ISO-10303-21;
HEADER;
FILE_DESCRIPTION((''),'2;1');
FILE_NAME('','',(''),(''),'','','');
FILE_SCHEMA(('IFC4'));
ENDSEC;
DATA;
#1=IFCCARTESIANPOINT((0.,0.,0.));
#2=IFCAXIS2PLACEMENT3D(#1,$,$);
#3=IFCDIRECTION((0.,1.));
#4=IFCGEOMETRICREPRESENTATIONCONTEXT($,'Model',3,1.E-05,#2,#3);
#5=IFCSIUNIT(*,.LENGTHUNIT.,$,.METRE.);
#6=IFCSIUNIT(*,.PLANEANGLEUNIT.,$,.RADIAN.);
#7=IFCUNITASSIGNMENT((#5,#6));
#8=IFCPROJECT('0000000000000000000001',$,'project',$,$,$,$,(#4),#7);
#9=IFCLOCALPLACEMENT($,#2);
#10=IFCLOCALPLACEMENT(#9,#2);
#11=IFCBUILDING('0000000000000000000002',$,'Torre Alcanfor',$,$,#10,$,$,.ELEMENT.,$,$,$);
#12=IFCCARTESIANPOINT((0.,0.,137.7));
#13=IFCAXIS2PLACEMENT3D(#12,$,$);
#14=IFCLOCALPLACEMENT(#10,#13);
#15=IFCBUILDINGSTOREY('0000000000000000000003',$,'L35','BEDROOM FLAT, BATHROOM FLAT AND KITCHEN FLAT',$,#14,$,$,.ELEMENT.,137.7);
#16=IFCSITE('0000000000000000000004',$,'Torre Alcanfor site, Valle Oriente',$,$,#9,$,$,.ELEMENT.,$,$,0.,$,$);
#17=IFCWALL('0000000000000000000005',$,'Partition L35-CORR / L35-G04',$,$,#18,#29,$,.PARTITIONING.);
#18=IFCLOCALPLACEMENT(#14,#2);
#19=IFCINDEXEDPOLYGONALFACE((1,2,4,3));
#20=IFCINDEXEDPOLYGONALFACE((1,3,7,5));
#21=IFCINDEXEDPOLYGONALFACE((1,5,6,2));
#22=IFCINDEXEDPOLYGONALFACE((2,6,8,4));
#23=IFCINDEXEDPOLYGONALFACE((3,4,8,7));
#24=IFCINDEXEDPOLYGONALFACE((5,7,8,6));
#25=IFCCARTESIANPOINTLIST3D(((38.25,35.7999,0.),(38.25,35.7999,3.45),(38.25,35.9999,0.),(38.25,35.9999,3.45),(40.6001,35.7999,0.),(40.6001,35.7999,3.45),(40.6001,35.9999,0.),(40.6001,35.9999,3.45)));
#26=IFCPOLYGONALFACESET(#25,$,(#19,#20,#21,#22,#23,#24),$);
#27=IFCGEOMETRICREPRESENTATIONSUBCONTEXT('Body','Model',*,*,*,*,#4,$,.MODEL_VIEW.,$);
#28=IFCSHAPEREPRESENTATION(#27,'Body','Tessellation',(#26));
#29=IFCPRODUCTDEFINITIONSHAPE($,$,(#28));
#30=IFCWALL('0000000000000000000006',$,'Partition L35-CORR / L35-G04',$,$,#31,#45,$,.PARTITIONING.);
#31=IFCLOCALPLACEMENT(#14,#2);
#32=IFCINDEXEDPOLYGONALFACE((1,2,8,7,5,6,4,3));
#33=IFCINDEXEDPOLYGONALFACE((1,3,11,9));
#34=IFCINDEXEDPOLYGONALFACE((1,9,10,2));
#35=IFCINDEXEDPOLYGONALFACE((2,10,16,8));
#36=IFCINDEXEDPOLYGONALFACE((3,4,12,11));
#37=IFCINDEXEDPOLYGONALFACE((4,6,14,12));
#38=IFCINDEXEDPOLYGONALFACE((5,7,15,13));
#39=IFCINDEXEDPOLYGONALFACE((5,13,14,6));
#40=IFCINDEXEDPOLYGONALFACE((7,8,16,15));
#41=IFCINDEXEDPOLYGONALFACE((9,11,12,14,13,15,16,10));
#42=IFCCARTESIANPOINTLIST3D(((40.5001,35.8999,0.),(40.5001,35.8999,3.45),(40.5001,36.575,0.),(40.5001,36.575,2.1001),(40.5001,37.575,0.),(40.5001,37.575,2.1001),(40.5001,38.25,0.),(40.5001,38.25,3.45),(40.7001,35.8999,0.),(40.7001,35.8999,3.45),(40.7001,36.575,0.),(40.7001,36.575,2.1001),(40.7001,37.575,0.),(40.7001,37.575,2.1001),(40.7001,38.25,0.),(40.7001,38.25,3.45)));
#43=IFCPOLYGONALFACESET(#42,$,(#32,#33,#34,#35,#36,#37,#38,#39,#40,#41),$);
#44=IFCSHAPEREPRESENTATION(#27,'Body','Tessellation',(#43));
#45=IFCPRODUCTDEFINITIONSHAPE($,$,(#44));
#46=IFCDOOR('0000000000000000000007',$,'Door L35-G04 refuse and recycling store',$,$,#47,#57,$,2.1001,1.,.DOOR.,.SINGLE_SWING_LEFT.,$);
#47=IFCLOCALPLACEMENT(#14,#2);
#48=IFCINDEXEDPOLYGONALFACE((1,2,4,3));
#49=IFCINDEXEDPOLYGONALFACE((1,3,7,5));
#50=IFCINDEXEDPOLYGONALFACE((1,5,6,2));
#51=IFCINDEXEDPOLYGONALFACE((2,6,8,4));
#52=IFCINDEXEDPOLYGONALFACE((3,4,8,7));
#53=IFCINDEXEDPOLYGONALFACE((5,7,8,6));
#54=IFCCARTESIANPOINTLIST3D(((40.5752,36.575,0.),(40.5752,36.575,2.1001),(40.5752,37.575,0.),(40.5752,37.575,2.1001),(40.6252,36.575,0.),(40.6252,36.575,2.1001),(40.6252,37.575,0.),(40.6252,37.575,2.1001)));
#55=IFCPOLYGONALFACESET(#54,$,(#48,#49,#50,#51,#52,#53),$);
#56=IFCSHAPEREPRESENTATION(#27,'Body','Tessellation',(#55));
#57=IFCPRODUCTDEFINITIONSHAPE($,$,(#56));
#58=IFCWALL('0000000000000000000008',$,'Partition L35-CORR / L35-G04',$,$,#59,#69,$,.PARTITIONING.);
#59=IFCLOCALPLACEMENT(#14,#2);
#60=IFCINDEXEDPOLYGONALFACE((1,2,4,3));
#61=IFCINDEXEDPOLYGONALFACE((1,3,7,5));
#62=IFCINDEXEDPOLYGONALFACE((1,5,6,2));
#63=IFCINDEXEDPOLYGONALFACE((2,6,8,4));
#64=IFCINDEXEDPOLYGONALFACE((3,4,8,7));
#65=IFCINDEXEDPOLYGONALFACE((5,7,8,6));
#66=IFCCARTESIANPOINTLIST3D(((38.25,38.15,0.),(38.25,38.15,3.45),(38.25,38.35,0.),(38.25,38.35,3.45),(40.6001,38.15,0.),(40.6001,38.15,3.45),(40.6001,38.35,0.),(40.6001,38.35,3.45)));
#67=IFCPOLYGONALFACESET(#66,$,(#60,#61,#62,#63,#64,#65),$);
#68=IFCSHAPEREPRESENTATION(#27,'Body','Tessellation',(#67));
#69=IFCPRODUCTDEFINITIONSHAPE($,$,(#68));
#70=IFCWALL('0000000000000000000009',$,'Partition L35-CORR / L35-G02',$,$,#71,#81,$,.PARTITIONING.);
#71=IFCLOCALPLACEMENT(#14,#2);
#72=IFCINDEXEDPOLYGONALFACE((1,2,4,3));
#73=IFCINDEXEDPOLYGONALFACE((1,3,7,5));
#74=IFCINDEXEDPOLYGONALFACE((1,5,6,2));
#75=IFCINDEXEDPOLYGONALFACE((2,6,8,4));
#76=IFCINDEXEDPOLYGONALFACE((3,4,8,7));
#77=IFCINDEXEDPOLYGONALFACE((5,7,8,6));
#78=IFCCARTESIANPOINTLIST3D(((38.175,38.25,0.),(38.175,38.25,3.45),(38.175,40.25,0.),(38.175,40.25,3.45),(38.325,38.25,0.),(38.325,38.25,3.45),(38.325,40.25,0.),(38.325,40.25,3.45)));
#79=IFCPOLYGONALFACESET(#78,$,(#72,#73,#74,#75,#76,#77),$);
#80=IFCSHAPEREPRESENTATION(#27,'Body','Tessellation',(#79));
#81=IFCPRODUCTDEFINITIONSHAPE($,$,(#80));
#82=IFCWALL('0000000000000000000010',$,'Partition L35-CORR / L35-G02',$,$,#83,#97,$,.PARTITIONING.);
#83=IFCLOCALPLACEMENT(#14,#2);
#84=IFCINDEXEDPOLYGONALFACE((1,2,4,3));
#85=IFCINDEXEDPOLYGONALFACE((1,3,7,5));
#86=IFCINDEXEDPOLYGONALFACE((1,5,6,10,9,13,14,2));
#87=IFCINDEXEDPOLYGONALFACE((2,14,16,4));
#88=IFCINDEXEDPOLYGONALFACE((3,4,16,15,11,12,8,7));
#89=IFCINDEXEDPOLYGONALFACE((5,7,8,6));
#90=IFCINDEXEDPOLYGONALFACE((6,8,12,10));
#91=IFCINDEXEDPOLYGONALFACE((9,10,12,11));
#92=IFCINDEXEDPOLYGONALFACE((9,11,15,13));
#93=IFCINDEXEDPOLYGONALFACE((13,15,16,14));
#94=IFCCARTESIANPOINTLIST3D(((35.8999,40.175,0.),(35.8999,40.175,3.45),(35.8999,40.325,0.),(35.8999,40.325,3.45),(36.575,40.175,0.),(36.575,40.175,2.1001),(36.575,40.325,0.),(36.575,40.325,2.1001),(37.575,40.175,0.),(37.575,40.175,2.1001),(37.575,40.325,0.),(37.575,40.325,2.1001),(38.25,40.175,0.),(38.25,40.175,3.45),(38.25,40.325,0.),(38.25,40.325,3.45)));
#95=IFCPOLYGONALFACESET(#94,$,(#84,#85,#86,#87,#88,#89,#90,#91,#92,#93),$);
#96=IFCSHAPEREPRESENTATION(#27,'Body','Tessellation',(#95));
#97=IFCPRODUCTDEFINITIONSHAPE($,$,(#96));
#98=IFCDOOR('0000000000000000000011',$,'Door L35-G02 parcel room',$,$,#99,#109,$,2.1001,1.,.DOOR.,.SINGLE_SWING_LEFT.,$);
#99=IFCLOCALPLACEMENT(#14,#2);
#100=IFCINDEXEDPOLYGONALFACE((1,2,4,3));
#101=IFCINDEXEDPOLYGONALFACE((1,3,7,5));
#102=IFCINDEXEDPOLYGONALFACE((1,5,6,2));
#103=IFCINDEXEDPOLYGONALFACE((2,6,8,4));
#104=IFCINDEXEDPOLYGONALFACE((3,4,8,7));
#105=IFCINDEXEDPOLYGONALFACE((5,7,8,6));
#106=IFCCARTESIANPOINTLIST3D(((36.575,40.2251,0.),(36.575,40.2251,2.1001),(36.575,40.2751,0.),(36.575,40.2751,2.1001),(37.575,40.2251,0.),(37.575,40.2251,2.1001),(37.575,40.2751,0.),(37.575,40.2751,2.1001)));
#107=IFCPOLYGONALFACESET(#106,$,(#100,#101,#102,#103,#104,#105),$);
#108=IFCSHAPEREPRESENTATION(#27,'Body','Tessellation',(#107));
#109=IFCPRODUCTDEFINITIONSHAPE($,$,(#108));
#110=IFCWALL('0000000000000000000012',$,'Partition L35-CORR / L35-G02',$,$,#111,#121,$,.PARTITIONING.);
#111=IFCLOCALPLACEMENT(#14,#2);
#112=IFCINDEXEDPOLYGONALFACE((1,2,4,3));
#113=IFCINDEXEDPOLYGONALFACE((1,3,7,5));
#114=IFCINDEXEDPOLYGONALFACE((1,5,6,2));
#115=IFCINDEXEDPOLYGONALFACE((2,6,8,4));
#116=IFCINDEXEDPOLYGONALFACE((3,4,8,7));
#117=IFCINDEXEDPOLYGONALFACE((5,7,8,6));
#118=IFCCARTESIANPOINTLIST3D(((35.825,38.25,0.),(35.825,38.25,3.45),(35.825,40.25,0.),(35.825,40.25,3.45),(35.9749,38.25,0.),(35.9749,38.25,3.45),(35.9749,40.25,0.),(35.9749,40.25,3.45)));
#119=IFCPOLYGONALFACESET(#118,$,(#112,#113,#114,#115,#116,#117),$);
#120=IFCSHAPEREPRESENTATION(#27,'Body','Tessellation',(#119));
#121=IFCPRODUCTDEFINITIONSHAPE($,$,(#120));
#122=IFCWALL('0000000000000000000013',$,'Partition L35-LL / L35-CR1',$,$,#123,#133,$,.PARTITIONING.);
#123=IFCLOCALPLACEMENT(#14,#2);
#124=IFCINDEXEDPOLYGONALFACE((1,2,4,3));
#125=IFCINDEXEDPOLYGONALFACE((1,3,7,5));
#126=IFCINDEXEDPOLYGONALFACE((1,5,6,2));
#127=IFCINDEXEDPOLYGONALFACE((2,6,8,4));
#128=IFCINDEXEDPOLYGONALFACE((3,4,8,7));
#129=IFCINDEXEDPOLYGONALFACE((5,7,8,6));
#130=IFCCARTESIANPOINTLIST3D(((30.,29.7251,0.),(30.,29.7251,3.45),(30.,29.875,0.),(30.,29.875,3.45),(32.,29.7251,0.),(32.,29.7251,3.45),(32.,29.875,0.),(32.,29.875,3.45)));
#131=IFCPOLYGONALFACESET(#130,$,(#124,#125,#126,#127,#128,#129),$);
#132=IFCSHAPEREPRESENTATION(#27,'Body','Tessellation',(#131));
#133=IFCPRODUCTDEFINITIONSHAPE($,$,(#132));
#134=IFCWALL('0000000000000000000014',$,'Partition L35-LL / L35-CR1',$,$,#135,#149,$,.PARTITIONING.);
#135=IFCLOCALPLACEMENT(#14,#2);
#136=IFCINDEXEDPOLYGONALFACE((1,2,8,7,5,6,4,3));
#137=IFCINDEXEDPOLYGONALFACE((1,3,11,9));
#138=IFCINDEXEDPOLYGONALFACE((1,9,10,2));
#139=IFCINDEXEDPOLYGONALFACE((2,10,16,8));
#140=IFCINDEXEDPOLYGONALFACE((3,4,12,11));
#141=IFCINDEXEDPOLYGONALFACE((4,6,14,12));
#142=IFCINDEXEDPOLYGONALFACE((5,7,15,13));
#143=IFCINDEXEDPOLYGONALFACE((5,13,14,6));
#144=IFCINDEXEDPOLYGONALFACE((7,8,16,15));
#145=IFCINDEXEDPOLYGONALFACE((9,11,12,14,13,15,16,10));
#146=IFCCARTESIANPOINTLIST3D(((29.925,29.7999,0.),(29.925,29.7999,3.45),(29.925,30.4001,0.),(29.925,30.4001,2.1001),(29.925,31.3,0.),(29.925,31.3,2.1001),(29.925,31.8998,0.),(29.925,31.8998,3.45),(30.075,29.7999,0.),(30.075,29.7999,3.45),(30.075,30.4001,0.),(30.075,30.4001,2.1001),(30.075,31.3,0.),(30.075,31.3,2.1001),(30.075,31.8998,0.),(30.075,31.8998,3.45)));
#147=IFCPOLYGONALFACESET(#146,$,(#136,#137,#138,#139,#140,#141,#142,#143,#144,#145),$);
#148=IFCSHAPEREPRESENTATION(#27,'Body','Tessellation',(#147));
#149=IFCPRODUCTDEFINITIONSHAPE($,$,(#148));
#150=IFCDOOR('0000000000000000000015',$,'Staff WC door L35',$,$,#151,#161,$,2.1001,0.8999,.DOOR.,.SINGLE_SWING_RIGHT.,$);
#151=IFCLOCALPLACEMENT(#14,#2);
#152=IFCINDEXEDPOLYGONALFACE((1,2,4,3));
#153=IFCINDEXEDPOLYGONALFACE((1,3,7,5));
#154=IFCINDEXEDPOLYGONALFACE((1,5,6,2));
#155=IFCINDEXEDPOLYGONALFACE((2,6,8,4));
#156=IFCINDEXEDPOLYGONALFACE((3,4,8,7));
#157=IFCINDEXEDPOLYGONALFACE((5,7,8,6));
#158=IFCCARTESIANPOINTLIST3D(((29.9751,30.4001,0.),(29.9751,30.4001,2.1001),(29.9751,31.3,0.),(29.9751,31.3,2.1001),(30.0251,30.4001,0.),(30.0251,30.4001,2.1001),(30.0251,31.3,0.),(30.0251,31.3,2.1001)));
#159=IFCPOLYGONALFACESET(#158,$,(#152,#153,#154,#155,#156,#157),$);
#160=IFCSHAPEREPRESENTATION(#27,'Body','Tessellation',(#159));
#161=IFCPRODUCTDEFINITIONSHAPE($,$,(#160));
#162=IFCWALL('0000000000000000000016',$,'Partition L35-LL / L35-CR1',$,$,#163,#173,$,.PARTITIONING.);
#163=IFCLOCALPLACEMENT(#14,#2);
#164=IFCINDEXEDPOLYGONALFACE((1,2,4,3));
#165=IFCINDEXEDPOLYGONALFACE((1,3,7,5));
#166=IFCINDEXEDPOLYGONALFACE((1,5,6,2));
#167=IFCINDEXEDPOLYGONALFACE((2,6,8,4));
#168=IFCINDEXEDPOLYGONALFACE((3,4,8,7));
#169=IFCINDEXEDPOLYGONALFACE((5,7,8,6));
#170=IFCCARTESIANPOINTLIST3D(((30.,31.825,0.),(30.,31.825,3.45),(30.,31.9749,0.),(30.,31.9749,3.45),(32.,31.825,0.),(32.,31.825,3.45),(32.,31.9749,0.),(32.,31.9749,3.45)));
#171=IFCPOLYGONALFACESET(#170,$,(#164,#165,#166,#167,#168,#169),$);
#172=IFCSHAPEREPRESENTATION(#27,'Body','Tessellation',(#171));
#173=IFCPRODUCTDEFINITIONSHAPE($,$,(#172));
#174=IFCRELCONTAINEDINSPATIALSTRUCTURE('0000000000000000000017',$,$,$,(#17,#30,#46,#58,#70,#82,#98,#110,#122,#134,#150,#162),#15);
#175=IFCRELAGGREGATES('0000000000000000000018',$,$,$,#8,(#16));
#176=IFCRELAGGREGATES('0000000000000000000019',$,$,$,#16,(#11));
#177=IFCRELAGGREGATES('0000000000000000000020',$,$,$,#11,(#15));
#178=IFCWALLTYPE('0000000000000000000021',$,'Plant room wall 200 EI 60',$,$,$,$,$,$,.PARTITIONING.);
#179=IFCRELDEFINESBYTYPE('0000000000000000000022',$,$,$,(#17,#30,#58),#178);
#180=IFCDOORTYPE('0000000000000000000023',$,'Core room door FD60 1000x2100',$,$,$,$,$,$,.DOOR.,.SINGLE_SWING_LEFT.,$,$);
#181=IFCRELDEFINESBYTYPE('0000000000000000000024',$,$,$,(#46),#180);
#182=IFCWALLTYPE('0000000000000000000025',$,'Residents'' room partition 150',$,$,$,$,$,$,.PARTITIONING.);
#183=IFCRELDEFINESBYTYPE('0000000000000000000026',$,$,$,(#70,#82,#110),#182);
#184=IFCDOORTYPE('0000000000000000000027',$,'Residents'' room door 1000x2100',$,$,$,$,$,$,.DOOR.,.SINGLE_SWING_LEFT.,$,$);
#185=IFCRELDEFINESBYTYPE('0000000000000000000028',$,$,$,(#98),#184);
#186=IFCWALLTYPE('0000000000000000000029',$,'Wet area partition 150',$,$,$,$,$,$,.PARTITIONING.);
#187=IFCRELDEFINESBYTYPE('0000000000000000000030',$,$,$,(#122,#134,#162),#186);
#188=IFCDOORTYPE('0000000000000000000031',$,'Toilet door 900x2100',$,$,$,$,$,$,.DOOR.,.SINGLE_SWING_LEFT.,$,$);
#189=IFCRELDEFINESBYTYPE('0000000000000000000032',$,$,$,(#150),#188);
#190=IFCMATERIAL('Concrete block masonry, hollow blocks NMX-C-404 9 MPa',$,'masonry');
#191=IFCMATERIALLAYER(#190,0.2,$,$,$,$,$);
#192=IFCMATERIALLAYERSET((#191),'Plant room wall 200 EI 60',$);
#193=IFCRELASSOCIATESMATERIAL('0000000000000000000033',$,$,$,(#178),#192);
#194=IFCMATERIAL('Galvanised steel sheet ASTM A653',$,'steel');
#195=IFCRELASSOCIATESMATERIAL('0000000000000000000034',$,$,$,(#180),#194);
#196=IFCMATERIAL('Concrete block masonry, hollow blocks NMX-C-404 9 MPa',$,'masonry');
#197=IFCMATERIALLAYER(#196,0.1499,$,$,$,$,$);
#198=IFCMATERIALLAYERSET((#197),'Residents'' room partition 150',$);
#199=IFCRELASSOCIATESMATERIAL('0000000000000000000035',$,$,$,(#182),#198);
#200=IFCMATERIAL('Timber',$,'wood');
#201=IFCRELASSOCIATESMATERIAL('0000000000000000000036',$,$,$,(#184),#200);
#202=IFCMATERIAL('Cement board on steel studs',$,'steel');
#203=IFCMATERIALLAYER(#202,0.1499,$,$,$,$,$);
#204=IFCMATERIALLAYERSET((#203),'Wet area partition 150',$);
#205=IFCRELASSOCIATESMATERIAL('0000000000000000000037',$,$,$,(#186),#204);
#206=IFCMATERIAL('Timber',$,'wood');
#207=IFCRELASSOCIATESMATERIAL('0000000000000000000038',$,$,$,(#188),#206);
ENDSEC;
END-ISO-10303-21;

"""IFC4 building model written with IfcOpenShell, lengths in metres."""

from ifc_helpers import new_model, si_unit, direction, frame, frame_2d, origin, place, context, subcontext, project, spatial, rectangle, extrude, material, layer, layer_set, type_object, element, fill, save


model = new_model("IFC4")

# Units and contexts
model_context = context("Model", 3, precision=1e-05, world=origin(), true_north=direction((0.0, 1.0)))
body_context = subcontext(model_context, "Body", "Model", "MODEL_VIEW")
ifc_project = project(units=[si_unit("LENGTHUNIT", "METRE"), si_unit("PLANEANGLEUNIT", "RADIAN")], contexts=[model_context])

# Site, building, storey
site_placement = place(None, origin())
site = spatial("IfcSite", under=ifc_project, at=site_placement, Name="Torre Alcanfor site, Valle Oriente", CompositionType="ELEMENT", RefElevation=0.0)
building_placement = place(site_placement, origin())
building = spatial("IfcBuilding", under=site, at=building_placement, Name="Torre Alcanfor", CompositionType="ELEMENT")
storey_placement = place(building_placement, frame((0.0, 0.0, 137.7)))
storey = spatial("IfcBuildingStorey", under=building, at=storey_placement, Name="L35", Description="BEDROOM FLAT, BATHROOM FLAT AND KITCHEN FLAT", CompositionType="ELEMENT", Elevation=137.7)

# Wall
ifc_material_1 = material(Name="Concrete block masonry, hollow blocks NMX-C-404 9 MPa", Category="masonry")
ifc_layer_1 = layer(ifc_material_1, 0.2)
ifc_layer_set_1 = layer_set([ifc_layer_1], Name="Plant room wall 200 EI 60")
wall_type_1 = type_object("IfcWallType", Name="Plant room wall 200 EI 60", PredefinedType="PARTITIONING", material=ifc_layer_set_1)
wall_1_placement = place(storey_placement, frame((38.25, 35.8999, 0.0), z_axis=(0.0, 0.0, 1.0), x_axis=(1.0, 0.0, 0.0)))
element("IfcWall", 1, at=wall_1_placement, inside=storey, type_object=wall_type_1, Name="Partition L35-CORR / L35-G04", PredefinedType="PARTITIONING", context=body_context, shape_type="SweptSolid", body=[
    extrude(rectangle(XDim=2.3501, YDim=0.2, at=frame_2d((1.175, 0.0))), origin(), (0.0, 0.0, 1.0), 3.45),
])

# Wall, opening, door
wall_2_placement = place(storey_placement, frame((40.6001, 35.8999, 0.0), z_axis=(0.0, 0.0, 1.0), x_axis=(0.0, 1.0, 0.0)))
wall_2 = element("IfcWall", 2, at=wall_2_placement, inside=storey, type_object=wall_type_1, Name="Partition L35-CORR / L35-G04", PredefinedType="PARTITIONING", context=body_context, shape_type="SweptSolid", body=[
    extrude(rectangle(XDim=2.3501, YDim=0.2, at=frame_2d((1.175, 0.0))), origin(), (0.0, 0.0, 1.0), 3.45),
])
opening_1_placement = place(wall_2_placement, frame((0.675, 0.0, 0.0)))
opening_1 = element("IfcOpeningElement", 3, at=opening_1_placement, cuts=wall_2, PredefinedType="OPENING", context=body_context, shape_type="SweptSolid", body=[
    extrude(rectangle(XDim=1.0, YDim=2.1001, at=frame_2d((0.5, 1.05))), frame((0.0, 0.1099, 0.0), z_axis=(0.0, -1.0, 0.0), x_axis=(1.0, 0.0, 0.0)), (0.0, 0.0, 1.0), 0.22),
])
ifc_material_2 = material(Name="Galvanised steel sheet ASTM A653", Category="steel")
door_type_1 = type_object("IfcDoorType", Name="Core room door FD60 1000x2100", OperationType="SINGLE_SWING_LEFT", PredefinedType="DOOR", material=ifc_material_2)
door_1_placement = place(opening_1_placement, origin())
door_1 = element("IfcDoor", 4, at=door_1_placement, inside=storey, type_object=door_type_1, Name="Door L35-G04 refuse and recycling store", OperationType="SINGLE_SWING_LEFT", OverallHeight=2.1001, OverallWidth=1.0, PredefinedType="DOOR", context=body_context, shape_type="SweptSolid", body=[
    extrude(rectangle(XDim=1.0, YDim=2.1001, at=frame_2d((0.5, 1.05))), frame((0.0, 0.0249, 0.0), z_axis=(0.0, -1.0, 0.0), x_axis=(1.0, 0.0, 0.0)), (0.0, 0.0, 1.0), 0.05),
])
fill(opening_1, door_1)

# Walls
wall_3_placement = place(storey_placement, frame((40.6001, 38.25, 0.0), z_axis=(0.0, 0.0, 1.0), x_axis=(-1.0, 0.0, 0.0)))
element("IfcWall", 5, at=wall_3_placement, inside=storey, type_object=wall_type_1, Name="Partition L35-CORR / L35-G04", PredefinedType="PARTITIONING", context=body_context, shape_type="SweptSolid", body=[
    extrude(rectangle(XDim=2.3501, YDim=0.2, at=frame_2d((1.175, 0.0))), origin(), (0.0, 0.0, 1.0), 3.45),
])
ifc_material_3 = material(Name="Concrete block masonry, hollow blocks NMX-C-404 9 MPa", Category="masonry")
ifc_layer_2 = layer(ifc_material_3, 0.1499)
ifc_layer_set_2 = layer_set([ifc_layer_2], Name="Residents' room partition 150")
wall_type_2 = type_object("IfcWallType", Name="Residents' room partition 150", PredefinedType="PARTITIONING", material=ifc_layer_set_2)
wall_4_placement = place(storey_placement, frame((38.25, 38.25, 0.0), z_axis=(0.0, 0.0, 1.0), x_axis=(0.0, 1.0, 0.0)))
element("IfcWall", 6, at=wall_4_placement, inside=storey, type_object=wall_type_2, Name="Partition L35-CORR / L35-G02", PredefinedType="PARTITIONING", context=body_context, shape_type="SweptSolid", body=[
    extrude(rectangle(XDim=2.0, YDim=0.1499, at=frame_2d((1.0, 0.0))), origin(), (0.0, 0.0, 1.0), 3.45),
])

# Wall, opening, door
wall_5_placement = place(storey_placement, frame((38.25, 40.25, 0.0), z_axis=(0.0, 0.0, 1.0), x_axis=(-1.0, 0.0, 0.0)))
wall_5 = element("IfcWall", 7, at=wall_5_placement, inside=storey, type_object=wall_type_2, Name="Partition L35-CORR / L35-G02", PredefinedType="PARTITIONING", context=body_context, shape_type="SweptSolid", body=[
    extrude(rectangle(XDim=2.3501, YDim=0.1499, at=frame_2d((1.175, 0.0))), origin(), (0.0, 0.0, 1.0), 3.45),
])
opening_2_placement = place(wall_5_placement, frame((0.675, 0.0, 0.0)))
opening_2 = element("IfcOpeningElement", 8, at=opening_2_placement, cuts=wall_5, PredefinedType="OPENING", context=body_context, shape_type="SweptSolid", body=[
    extrude(rectangle(XDim=1.0, YDim=2.1001, at=frame_2d((0.5, 1.05))), frame((0.0, 0.085, 0.0), z_axis=(0.0, -1.0, 0.0), x_axis=(1.0, 0.0, 0.0)), (0.0, 0.0, 1.0), 0.1699),
])
ifc_material_4 = material(Name="Timber", Category="wood")
door_type_2 = type_object("IfcDoorType", Name="Residents' room door 1000x2100", OperationType="SINGLE_SWING_LEFT", PredefinedType="DOOR", material=ifc_material_4)
door_2_placement = place(opening_2_placement, origin())
door_2 = element("IfcDoor", 9, at=door_2_placement, inside=storey, type_object=door_type_2, Name="Door L35-G02 parcel room", OperationType="SINGLE_SWING_LEFT", OverallHeight=2.1001, OverallWidth=1.0, PredefinedType="DOOR", context=body_context, shape_type="SweptSolid", body=[
    extrude(rectangle(XDim=1.0, YDim=2.1001, at=frame_2d((0.5, 1.05))), frame((0.0, 0.0249, 0.0), z_axis=(0.0, -1.0, 0.0), x_axis=(1.0, 0.0, 0.0)), (0.0, 0.0, 1.0), 0.05),
])
fill(opening_2, door_2)

# Walls
wall_6_placement = place(storey_placement, frame((35.8999, 40.25, 0.0), z_axis=(0.0, 0.0, 1.0), x_axis=(0.0, -1.0, 0.0)))
element("IfcWall", 10, at=wall_6_placement, inside=storey, type_object=wall_type_2, Name="Partition L35-CORR / L35-G02", PredefinedType="PARTITIONING", context=body_context, shape_type="SweptSolid", body=[
    extrude(rectangle(XDim=2.0, YDim=0.1499, at=frame_2d((1.0, 0.0))), origin(), (0.0, 0.0, 1.0), 3.45),
])
ifc_material_5 = material(Name="Cement board on steel studs", Category="steel")
ifc_layer_3 = layer(ifc_material_5, 0.1499)
ifc_layer_set_3 = layer_set([ifc_layer_3], Name="Wet area partition 150")
wall_type_3 = type_object("IfcWallType", Name="Wet area partition 150", PredefinedType="PARTITIONING", material=ifc_layer_set_3)
wall_7_placement = place(storey_placement, frame((32.0, 29.8, 0.0), z_axis=(0.0, 0.0, 1.0), x_axis=(-1.0, 0.0, 0.0)))
element("IfcWall", 11, at=wall_7_placement, inside=storey, type_object=wall_type_3, Name="Partition L35-LL / L35-CR1", PredefinedType="PARTITIONING", context=body_context, shape_type="SweptSolid", body=[
    extrude(rectangle(XDim=2.0, YDim=0.1499, at=frame_2d((1.0, 0.0))), origin(), (0.0, 0.0, 1.0), 3.45),
])

# Wall, opening, door
wall_8_placement = place(storey_placement, frame((30.0, 29.8, 0.0), z_axis=(0.0, 0.0, 1.0), x_axis=(0.0, 1.0, 0.0)))
wall_8 = element("IfcWall", 12, at=wall_8_placement, inside=storey, type_object=wall_type_3, Name="Partition L35-LL / L35-CR1", PredefinedType="PARTITIONING", context=body_context, shape_type="SweptSolid", body=[
    extrude(rectangle(XDim=2.0999, YDim=0.1499, at=frame_2d((1.0498, 0.0))), origin(), (0.0, 0.0, 1.0), 3.45),
])
opening_3_placement = place(wall_8_placement, frame((0.6001, 0.0, 0.0)))
opening_3 = element("IfcOpeningElement", 13, at=opening_3_placement, cuts=wall_8, PredefinedType="OPENING", context=body_context, shape_type="SweptSolid", body=[
    extrude(rectangle(XDim=0.8999, YDim=2.1001, at=frame_2d((0.45, 1.05))), frame((0.0, 0.085, 0.0), z_axis=(0.0, -1.0, 0.0), x_axis=(1.0, 0.0, 0.0)), (0.0, 0.0, 1.0), 0.1699),
])
ifc_material_6 = material(Name="Timber", Category="wood")
door_type_3 = type_object("IfcDoorType", Name="Toilet door 900x2100", OperationType="SINGLE_SWING_LEFT", PredefinedType="DOOR", material=ifc_material_6)
door_3_placement = place(opening_3_placement, frame((0.8999, 0.0, 0.0), z_axis=(0.0, 0.0, 1.0), x_axis=(-1.0, 0.0, 0.0)))
door_3 = element("IfcDoor", 14, at=door_3_placement, inside=storey, type_object=door_type_3, Name="Staff WC door L35", OperationType="SINGLE_SWING_RIGHT", OverallHeight=2.1001, OverallWidth=0.8999, PredefinedType="DOOR", context=body_context, shape_type="SweptSolid", body=[
    extrude(rectangle(XDim=0.8999, YDim=2.1001, at=frame_2d((0.45, 1.05))), frame((0.0, 0.0251, 0.0), z_axis=(0.0, -1.0, 0.0), x_axis=(1.0, 0.0, 0.0)), (0.0, 0.0, 1.0), 0.05),
])
fill(opening_3, door_3)

# Wall
wall_9_placement = place(storey_placement, frame((30.0, 31.8999, 0.0), z_axis=(0.0, 0.0, 1.0), x_axis=(1.0, 0.0, 0.0)))
element("IfcWall", 15, at=wall_9_placement, inside=storey, type_object=wall_type_3, Name="Partition L35-LL / L35-CR1", PredefinedType="PARTITIONING", context=body_context, shape_type="SweptSolid", body=[
    extrude(rectangle(XDim=2.0, YDim=0.1499, at=frame_2d((1.0, 0.0))), origin(), (0.0, 0.0, 1.0), 3.45),
])

save(model, "model.ifc")
